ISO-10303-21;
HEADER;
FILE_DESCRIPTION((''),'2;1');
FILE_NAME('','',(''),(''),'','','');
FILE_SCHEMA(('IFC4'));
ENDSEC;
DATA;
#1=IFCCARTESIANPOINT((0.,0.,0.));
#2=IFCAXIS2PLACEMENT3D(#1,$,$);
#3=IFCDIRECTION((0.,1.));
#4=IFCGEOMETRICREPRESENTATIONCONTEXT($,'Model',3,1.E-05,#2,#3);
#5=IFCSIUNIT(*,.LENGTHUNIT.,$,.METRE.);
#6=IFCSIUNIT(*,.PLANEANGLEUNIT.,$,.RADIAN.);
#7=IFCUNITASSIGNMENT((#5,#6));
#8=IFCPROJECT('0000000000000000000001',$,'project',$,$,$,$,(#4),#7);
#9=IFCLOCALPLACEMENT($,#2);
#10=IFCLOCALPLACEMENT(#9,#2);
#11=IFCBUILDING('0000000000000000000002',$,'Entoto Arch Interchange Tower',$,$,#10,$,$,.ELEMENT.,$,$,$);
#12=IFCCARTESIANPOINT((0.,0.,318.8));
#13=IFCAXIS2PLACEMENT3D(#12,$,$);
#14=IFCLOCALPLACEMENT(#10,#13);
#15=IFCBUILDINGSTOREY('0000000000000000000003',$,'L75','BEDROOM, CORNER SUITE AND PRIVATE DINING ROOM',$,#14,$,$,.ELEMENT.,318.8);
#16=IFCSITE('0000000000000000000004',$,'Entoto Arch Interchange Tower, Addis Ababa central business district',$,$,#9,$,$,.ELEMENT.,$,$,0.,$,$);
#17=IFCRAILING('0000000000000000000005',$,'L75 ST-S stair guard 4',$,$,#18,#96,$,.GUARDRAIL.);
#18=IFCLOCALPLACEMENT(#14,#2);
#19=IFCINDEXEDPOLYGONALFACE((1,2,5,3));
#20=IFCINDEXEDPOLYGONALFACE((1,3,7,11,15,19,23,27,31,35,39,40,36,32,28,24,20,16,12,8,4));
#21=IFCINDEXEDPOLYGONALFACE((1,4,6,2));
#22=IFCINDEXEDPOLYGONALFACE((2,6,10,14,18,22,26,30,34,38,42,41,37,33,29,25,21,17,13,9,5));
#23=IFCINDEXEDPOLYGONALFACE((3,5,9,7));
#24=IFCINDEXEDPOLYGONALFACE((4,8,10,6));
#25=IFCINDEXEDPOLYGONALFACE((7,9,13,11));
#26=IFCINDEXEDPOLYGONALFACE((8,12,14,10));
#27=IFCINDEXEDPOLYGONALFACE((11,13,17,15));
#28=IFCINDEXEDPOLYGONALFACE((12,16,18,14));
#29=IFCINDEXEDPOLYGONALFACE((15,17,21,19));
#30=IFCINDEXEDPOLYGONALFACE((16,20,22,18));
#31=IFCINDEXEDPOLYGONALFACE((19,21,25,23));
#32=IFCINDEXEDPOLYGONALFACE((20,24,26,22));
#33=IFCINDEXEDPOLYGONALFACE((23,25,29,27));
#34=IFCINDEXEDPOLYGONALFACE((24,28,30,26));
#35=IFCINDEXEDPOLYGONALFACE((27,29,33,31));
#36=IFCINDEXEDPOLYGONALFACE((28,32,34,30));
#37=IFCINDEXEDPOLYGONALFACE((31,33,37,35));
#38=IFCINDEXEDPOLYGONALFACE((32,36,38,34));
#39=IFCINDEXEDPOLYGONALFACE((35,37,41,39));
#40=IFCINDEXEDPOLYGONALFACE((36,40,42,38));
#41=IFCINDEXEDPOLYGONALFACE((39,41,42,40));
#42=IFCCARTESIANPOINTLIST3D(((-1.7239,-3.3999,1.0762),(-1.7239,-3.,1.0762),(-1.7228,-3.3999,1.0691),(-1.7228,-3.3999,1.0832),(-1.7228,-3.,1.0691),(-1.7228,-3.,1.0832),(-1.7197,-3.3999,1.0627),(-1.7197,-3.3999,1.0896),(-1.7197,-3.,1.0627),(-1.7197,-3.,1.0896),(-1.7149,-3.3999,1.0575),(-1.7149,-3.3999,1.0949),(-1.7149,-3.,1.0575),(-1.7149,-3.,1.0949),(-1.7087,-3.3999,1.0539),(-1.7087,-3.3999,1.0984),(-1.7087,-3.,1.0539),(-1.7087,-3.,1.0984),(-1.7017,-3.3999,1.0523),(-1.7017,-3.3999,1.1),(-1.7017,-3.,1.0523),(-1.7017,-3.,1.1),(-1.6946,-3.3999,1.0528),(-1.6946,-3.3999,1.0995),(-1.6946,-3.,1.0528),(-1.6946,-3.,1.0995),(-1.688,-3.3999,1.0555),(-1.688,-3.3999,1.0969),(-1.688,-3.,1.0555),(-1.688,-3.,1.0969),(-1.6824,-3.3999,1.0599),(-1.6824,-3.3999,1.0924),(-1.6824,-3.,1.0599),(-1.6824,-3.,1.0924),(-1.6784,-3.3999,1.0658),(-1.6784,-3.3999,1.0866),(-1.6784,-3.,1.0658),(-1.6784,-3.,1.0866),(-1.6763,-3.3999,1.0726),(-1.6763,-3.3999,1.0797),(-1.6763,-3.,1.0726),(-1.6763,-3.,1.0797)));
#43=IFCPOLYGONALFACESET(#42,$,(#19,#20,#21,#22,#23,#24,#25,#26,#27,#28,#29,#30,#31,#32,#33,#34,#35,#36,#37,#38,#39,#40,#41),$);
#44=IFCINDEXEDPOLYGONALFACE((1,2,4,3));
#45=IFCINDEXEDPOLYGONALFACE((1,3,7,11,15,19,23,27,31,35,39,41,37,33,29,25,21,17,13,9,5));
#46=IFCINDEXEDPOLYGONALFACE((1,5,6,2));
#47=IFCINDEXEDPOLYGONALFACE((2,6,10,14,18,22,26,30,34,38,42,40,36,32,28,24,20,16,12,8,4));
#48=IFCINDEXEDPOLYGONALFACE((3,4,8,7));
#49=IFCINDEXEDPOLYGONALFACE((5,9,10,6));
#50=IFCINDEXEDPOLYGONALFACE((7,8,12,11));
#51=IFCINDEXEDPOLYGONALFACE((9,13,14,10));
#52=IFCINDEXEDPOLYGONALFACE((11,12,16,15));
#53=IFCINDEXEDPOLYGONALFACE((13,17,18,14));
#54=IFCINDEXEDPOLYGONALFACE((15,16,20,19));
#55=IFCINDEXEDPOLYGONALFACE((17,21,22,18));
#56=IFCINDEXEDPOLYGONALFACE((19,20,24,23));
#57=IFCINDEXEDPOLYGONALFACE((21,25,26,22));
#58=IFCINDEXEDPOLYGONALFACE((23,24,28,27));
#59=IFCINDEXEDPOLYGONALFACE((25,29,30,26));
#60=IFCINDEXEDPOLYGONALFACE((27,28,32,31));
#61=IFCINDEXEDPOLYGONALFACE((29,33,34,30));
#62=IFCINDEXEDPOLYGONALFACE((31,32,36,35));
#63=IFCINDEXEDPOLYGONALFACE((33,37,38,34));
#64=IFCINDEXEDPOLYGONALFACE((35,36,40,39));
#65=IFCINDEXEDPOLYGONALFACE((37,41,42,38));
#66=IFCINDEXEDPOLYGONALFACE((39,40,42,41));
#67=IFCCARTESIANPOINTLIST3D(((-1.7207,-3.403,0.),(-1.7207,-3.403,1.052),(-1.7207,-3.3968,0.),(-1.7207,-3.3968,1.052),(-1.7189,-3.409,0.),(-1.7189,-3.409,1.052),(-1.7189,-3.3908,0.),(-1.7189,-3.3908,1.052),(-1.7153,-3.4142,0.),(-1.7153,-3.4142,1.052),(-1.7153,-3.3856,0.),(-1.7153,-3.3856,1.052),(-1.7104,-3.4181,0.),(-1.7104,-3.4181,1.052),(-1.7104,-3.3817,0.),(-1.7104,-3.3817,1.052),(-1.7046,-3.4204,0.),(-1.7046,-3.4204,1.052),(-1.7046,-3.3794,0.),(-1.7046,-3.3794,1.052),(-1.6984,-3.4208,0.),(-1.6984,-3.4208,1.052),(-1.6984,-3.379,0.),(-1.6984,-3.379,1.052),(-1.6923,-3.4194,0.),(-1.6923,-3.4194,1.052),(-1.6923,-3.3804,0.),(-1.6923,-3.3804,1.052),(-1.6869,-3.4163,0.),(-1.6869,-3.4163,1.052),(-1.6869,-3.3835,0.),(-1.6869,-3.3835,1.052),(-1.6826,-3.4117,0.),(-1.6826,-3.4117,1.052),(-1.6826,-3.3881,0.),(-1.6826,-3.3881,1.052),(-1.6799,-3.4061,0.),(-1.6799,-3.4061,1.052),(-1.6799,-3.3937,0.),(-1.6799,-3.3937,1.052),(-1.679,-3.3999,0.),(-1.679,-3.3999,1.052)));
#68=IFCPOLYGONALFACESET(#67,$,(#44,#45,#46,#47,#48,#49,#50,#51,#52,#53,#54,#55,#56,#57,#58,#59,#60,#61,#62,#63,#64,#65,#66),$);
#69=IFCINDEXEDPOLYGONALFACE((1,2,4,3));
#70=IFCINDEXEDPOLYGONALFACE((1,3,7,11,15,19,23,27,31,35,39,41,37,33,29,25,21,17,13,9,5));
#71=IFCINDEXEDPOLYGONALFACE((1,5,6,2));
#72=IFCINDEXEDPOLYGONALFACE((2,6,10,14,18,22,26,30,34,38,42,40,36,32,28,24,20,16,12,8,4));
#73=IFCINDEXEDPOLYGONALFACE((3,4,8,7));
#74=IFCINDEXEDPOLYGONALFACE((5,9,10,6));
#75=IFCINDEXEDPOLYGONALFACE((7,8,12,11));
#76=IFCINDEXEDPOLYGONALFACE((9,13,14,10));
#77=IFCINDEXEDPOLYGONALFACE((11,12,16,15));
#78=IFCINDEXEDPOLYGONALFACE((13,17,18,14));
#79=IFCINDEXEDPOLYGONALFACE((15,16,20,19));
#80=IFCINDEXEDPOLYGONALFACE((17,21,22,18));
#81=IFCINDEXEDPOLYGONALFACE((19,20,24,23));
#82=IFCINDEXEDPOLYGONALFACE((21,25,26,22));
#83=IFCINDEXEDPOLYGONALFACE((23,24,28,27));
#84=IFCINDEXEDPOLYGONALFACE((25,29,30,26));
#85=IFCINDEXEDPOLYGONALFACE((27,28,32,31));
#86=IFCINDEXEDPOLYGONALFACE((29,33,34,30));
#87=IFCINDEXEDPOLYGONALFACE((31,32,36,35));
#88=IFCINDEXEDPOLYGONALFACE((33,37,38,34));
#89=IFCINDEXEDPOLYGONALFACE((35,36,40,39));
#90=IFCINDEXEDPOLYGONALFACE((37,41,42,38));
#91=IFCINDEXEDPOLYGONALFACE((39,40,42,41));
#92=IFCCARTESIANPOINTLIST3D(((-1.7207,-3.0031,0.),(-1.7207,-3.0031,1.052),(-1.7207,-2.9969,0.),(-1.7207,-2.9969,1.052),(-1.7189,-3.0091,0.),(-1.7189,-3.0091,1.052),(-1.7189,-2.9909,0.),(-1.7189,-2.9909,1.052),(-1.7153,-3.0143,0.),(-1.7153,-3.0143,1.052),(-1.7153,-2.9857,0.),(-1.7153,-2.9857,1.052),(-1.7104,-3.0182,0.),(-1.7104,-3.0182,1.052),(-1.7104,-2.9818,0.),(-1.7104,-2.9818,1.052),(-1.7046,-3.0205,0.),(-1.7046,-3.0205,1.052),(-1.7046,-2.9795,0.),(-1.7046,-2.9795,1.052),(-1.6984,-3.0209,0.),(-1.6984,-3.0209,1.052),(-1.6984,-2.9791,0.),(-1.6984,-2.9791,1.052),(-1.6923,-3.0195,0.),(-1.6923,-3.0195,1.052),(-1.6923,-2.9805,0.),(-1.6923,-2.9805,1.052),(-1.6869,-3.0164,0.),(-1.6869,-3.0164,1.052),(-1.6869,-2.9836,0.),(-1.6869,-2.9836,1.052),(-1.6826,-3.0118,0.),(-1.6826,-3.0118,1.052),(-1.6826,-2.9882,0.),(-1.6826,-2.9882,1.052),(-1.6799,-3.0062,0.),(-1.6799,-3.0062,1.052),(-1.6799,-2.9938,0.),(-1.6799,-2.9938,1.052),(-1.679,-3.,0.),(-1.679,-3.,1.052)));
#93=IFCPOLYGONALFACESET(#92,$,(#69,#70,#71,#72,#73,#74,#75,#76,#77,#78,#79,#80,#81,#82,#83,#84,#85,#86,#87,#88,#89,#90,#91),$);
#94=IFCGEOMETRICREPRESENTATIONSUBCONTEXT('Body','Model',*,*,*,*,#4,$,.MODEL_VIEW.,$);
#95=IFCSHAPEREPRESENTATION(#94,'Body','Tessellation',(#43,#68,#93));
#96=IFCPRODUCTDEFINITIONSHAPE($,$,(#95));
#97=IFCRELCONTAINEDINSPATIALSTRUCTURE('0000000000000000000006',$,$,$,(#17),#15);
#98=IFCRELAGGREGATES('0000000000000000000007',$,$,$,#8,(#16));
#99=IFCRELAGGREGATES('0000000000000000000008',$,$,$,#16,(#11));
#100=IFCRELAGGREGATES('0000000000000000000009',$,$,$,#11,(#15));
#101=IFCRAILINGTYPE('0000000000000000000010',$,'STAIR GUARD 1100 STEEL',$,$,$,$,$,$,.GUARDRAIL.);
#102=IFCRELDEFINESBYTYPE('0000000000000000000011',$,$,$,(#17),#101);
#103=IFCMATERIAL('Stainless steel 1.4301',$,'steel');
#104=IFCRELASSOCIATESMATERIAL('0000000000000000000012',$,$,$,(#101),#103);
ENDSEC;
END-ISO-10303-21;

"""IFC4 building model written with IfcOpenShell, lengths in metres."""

from ifc_helpers import new_model, si_unit, direction, frame, origin, origin_2d, place, context, subcontext, project, spatial, circle, extrude, material, type_object, element, save


model = new_model("IFC4")

# Units and contexts
model_context = context("Model", 3, precision=1e-05, world=origin(), true_north=direction((0.0, 1.0)))
body_context = subcontext(model_context, "Body", "Model", "MODEL_VIEW")
ifc_project = project(units=[si_unit("LENGTHUNIT", "METRE"), si_unit("PLANEANGLEUNIT", "RADIAN")], contexts=[model_context])

# Site, building, storey
site_placement = place(None, origin())
site = spatial("IfcSite", under=ifc_project, at=site_placement, Name="Entoto Arch Interchange Tower, Addis Ababa central business district", CompositionType="ELEMENT", RefElevation=0.0)
building_placement = place(site_placement, origin())
building = spatial("IfcBuilding", under=site, at=building_placement, Name="Entoto Arch Interchange Tower", CompositionType="ELEMENT")
storey_placement = place(building_placement, frame((0.0, 0.0, 318.8)))
storey = spatial("IfcBuildingStorey", under=building, at=storey_placement, Name="L75", Description="BEDROOM, CORNER SUITE AND PRIVATE DINING ROOM", CompositionType="ELEMENT", Elevation=318.8)

# Railing
ifc_material_1 = material(Name="Stainless steel 1.4301", Category="steel")
railing_type = type_object("IfcRailingType", Name="STAIR GUARD 1100 STEEL", PredefinedType="GUARDRAIL", material=ifc_material_1)
railing_1_placement = place(storey_placement, frame((-1.7, -3.3999, 0.0)))
element("IfcRailing", 1, at=railing_1_placement, inside=storey, type_object=railing_type, Name="L75 ST-S stair guard 4", PredefinedType="GUARDRAIL", context=body_context, shape_type="SweptSolid", body=[
    extrude(circle(Radius=0.0239, at=origin_2d()), frame((0.0, 0.0, 1.0762), z_axis=(0.0, 1.0, 0.0), x_axis=(-1.0, 0.0, 0.0)), (0.0, 0.0, 1.0), 0.3999),
    extrude(circle(Radius=0.021, at=origin_2d()), origin(), (0.0, 0.0, 1.0), 1.052),
    extrude(circle(Radius=0.021, at=origin_2d()), frame((0.0, 0.3999, 0.0)), (0.0, 0.0, 1.0), 1.052),
])

save(model, "model.ifc")
